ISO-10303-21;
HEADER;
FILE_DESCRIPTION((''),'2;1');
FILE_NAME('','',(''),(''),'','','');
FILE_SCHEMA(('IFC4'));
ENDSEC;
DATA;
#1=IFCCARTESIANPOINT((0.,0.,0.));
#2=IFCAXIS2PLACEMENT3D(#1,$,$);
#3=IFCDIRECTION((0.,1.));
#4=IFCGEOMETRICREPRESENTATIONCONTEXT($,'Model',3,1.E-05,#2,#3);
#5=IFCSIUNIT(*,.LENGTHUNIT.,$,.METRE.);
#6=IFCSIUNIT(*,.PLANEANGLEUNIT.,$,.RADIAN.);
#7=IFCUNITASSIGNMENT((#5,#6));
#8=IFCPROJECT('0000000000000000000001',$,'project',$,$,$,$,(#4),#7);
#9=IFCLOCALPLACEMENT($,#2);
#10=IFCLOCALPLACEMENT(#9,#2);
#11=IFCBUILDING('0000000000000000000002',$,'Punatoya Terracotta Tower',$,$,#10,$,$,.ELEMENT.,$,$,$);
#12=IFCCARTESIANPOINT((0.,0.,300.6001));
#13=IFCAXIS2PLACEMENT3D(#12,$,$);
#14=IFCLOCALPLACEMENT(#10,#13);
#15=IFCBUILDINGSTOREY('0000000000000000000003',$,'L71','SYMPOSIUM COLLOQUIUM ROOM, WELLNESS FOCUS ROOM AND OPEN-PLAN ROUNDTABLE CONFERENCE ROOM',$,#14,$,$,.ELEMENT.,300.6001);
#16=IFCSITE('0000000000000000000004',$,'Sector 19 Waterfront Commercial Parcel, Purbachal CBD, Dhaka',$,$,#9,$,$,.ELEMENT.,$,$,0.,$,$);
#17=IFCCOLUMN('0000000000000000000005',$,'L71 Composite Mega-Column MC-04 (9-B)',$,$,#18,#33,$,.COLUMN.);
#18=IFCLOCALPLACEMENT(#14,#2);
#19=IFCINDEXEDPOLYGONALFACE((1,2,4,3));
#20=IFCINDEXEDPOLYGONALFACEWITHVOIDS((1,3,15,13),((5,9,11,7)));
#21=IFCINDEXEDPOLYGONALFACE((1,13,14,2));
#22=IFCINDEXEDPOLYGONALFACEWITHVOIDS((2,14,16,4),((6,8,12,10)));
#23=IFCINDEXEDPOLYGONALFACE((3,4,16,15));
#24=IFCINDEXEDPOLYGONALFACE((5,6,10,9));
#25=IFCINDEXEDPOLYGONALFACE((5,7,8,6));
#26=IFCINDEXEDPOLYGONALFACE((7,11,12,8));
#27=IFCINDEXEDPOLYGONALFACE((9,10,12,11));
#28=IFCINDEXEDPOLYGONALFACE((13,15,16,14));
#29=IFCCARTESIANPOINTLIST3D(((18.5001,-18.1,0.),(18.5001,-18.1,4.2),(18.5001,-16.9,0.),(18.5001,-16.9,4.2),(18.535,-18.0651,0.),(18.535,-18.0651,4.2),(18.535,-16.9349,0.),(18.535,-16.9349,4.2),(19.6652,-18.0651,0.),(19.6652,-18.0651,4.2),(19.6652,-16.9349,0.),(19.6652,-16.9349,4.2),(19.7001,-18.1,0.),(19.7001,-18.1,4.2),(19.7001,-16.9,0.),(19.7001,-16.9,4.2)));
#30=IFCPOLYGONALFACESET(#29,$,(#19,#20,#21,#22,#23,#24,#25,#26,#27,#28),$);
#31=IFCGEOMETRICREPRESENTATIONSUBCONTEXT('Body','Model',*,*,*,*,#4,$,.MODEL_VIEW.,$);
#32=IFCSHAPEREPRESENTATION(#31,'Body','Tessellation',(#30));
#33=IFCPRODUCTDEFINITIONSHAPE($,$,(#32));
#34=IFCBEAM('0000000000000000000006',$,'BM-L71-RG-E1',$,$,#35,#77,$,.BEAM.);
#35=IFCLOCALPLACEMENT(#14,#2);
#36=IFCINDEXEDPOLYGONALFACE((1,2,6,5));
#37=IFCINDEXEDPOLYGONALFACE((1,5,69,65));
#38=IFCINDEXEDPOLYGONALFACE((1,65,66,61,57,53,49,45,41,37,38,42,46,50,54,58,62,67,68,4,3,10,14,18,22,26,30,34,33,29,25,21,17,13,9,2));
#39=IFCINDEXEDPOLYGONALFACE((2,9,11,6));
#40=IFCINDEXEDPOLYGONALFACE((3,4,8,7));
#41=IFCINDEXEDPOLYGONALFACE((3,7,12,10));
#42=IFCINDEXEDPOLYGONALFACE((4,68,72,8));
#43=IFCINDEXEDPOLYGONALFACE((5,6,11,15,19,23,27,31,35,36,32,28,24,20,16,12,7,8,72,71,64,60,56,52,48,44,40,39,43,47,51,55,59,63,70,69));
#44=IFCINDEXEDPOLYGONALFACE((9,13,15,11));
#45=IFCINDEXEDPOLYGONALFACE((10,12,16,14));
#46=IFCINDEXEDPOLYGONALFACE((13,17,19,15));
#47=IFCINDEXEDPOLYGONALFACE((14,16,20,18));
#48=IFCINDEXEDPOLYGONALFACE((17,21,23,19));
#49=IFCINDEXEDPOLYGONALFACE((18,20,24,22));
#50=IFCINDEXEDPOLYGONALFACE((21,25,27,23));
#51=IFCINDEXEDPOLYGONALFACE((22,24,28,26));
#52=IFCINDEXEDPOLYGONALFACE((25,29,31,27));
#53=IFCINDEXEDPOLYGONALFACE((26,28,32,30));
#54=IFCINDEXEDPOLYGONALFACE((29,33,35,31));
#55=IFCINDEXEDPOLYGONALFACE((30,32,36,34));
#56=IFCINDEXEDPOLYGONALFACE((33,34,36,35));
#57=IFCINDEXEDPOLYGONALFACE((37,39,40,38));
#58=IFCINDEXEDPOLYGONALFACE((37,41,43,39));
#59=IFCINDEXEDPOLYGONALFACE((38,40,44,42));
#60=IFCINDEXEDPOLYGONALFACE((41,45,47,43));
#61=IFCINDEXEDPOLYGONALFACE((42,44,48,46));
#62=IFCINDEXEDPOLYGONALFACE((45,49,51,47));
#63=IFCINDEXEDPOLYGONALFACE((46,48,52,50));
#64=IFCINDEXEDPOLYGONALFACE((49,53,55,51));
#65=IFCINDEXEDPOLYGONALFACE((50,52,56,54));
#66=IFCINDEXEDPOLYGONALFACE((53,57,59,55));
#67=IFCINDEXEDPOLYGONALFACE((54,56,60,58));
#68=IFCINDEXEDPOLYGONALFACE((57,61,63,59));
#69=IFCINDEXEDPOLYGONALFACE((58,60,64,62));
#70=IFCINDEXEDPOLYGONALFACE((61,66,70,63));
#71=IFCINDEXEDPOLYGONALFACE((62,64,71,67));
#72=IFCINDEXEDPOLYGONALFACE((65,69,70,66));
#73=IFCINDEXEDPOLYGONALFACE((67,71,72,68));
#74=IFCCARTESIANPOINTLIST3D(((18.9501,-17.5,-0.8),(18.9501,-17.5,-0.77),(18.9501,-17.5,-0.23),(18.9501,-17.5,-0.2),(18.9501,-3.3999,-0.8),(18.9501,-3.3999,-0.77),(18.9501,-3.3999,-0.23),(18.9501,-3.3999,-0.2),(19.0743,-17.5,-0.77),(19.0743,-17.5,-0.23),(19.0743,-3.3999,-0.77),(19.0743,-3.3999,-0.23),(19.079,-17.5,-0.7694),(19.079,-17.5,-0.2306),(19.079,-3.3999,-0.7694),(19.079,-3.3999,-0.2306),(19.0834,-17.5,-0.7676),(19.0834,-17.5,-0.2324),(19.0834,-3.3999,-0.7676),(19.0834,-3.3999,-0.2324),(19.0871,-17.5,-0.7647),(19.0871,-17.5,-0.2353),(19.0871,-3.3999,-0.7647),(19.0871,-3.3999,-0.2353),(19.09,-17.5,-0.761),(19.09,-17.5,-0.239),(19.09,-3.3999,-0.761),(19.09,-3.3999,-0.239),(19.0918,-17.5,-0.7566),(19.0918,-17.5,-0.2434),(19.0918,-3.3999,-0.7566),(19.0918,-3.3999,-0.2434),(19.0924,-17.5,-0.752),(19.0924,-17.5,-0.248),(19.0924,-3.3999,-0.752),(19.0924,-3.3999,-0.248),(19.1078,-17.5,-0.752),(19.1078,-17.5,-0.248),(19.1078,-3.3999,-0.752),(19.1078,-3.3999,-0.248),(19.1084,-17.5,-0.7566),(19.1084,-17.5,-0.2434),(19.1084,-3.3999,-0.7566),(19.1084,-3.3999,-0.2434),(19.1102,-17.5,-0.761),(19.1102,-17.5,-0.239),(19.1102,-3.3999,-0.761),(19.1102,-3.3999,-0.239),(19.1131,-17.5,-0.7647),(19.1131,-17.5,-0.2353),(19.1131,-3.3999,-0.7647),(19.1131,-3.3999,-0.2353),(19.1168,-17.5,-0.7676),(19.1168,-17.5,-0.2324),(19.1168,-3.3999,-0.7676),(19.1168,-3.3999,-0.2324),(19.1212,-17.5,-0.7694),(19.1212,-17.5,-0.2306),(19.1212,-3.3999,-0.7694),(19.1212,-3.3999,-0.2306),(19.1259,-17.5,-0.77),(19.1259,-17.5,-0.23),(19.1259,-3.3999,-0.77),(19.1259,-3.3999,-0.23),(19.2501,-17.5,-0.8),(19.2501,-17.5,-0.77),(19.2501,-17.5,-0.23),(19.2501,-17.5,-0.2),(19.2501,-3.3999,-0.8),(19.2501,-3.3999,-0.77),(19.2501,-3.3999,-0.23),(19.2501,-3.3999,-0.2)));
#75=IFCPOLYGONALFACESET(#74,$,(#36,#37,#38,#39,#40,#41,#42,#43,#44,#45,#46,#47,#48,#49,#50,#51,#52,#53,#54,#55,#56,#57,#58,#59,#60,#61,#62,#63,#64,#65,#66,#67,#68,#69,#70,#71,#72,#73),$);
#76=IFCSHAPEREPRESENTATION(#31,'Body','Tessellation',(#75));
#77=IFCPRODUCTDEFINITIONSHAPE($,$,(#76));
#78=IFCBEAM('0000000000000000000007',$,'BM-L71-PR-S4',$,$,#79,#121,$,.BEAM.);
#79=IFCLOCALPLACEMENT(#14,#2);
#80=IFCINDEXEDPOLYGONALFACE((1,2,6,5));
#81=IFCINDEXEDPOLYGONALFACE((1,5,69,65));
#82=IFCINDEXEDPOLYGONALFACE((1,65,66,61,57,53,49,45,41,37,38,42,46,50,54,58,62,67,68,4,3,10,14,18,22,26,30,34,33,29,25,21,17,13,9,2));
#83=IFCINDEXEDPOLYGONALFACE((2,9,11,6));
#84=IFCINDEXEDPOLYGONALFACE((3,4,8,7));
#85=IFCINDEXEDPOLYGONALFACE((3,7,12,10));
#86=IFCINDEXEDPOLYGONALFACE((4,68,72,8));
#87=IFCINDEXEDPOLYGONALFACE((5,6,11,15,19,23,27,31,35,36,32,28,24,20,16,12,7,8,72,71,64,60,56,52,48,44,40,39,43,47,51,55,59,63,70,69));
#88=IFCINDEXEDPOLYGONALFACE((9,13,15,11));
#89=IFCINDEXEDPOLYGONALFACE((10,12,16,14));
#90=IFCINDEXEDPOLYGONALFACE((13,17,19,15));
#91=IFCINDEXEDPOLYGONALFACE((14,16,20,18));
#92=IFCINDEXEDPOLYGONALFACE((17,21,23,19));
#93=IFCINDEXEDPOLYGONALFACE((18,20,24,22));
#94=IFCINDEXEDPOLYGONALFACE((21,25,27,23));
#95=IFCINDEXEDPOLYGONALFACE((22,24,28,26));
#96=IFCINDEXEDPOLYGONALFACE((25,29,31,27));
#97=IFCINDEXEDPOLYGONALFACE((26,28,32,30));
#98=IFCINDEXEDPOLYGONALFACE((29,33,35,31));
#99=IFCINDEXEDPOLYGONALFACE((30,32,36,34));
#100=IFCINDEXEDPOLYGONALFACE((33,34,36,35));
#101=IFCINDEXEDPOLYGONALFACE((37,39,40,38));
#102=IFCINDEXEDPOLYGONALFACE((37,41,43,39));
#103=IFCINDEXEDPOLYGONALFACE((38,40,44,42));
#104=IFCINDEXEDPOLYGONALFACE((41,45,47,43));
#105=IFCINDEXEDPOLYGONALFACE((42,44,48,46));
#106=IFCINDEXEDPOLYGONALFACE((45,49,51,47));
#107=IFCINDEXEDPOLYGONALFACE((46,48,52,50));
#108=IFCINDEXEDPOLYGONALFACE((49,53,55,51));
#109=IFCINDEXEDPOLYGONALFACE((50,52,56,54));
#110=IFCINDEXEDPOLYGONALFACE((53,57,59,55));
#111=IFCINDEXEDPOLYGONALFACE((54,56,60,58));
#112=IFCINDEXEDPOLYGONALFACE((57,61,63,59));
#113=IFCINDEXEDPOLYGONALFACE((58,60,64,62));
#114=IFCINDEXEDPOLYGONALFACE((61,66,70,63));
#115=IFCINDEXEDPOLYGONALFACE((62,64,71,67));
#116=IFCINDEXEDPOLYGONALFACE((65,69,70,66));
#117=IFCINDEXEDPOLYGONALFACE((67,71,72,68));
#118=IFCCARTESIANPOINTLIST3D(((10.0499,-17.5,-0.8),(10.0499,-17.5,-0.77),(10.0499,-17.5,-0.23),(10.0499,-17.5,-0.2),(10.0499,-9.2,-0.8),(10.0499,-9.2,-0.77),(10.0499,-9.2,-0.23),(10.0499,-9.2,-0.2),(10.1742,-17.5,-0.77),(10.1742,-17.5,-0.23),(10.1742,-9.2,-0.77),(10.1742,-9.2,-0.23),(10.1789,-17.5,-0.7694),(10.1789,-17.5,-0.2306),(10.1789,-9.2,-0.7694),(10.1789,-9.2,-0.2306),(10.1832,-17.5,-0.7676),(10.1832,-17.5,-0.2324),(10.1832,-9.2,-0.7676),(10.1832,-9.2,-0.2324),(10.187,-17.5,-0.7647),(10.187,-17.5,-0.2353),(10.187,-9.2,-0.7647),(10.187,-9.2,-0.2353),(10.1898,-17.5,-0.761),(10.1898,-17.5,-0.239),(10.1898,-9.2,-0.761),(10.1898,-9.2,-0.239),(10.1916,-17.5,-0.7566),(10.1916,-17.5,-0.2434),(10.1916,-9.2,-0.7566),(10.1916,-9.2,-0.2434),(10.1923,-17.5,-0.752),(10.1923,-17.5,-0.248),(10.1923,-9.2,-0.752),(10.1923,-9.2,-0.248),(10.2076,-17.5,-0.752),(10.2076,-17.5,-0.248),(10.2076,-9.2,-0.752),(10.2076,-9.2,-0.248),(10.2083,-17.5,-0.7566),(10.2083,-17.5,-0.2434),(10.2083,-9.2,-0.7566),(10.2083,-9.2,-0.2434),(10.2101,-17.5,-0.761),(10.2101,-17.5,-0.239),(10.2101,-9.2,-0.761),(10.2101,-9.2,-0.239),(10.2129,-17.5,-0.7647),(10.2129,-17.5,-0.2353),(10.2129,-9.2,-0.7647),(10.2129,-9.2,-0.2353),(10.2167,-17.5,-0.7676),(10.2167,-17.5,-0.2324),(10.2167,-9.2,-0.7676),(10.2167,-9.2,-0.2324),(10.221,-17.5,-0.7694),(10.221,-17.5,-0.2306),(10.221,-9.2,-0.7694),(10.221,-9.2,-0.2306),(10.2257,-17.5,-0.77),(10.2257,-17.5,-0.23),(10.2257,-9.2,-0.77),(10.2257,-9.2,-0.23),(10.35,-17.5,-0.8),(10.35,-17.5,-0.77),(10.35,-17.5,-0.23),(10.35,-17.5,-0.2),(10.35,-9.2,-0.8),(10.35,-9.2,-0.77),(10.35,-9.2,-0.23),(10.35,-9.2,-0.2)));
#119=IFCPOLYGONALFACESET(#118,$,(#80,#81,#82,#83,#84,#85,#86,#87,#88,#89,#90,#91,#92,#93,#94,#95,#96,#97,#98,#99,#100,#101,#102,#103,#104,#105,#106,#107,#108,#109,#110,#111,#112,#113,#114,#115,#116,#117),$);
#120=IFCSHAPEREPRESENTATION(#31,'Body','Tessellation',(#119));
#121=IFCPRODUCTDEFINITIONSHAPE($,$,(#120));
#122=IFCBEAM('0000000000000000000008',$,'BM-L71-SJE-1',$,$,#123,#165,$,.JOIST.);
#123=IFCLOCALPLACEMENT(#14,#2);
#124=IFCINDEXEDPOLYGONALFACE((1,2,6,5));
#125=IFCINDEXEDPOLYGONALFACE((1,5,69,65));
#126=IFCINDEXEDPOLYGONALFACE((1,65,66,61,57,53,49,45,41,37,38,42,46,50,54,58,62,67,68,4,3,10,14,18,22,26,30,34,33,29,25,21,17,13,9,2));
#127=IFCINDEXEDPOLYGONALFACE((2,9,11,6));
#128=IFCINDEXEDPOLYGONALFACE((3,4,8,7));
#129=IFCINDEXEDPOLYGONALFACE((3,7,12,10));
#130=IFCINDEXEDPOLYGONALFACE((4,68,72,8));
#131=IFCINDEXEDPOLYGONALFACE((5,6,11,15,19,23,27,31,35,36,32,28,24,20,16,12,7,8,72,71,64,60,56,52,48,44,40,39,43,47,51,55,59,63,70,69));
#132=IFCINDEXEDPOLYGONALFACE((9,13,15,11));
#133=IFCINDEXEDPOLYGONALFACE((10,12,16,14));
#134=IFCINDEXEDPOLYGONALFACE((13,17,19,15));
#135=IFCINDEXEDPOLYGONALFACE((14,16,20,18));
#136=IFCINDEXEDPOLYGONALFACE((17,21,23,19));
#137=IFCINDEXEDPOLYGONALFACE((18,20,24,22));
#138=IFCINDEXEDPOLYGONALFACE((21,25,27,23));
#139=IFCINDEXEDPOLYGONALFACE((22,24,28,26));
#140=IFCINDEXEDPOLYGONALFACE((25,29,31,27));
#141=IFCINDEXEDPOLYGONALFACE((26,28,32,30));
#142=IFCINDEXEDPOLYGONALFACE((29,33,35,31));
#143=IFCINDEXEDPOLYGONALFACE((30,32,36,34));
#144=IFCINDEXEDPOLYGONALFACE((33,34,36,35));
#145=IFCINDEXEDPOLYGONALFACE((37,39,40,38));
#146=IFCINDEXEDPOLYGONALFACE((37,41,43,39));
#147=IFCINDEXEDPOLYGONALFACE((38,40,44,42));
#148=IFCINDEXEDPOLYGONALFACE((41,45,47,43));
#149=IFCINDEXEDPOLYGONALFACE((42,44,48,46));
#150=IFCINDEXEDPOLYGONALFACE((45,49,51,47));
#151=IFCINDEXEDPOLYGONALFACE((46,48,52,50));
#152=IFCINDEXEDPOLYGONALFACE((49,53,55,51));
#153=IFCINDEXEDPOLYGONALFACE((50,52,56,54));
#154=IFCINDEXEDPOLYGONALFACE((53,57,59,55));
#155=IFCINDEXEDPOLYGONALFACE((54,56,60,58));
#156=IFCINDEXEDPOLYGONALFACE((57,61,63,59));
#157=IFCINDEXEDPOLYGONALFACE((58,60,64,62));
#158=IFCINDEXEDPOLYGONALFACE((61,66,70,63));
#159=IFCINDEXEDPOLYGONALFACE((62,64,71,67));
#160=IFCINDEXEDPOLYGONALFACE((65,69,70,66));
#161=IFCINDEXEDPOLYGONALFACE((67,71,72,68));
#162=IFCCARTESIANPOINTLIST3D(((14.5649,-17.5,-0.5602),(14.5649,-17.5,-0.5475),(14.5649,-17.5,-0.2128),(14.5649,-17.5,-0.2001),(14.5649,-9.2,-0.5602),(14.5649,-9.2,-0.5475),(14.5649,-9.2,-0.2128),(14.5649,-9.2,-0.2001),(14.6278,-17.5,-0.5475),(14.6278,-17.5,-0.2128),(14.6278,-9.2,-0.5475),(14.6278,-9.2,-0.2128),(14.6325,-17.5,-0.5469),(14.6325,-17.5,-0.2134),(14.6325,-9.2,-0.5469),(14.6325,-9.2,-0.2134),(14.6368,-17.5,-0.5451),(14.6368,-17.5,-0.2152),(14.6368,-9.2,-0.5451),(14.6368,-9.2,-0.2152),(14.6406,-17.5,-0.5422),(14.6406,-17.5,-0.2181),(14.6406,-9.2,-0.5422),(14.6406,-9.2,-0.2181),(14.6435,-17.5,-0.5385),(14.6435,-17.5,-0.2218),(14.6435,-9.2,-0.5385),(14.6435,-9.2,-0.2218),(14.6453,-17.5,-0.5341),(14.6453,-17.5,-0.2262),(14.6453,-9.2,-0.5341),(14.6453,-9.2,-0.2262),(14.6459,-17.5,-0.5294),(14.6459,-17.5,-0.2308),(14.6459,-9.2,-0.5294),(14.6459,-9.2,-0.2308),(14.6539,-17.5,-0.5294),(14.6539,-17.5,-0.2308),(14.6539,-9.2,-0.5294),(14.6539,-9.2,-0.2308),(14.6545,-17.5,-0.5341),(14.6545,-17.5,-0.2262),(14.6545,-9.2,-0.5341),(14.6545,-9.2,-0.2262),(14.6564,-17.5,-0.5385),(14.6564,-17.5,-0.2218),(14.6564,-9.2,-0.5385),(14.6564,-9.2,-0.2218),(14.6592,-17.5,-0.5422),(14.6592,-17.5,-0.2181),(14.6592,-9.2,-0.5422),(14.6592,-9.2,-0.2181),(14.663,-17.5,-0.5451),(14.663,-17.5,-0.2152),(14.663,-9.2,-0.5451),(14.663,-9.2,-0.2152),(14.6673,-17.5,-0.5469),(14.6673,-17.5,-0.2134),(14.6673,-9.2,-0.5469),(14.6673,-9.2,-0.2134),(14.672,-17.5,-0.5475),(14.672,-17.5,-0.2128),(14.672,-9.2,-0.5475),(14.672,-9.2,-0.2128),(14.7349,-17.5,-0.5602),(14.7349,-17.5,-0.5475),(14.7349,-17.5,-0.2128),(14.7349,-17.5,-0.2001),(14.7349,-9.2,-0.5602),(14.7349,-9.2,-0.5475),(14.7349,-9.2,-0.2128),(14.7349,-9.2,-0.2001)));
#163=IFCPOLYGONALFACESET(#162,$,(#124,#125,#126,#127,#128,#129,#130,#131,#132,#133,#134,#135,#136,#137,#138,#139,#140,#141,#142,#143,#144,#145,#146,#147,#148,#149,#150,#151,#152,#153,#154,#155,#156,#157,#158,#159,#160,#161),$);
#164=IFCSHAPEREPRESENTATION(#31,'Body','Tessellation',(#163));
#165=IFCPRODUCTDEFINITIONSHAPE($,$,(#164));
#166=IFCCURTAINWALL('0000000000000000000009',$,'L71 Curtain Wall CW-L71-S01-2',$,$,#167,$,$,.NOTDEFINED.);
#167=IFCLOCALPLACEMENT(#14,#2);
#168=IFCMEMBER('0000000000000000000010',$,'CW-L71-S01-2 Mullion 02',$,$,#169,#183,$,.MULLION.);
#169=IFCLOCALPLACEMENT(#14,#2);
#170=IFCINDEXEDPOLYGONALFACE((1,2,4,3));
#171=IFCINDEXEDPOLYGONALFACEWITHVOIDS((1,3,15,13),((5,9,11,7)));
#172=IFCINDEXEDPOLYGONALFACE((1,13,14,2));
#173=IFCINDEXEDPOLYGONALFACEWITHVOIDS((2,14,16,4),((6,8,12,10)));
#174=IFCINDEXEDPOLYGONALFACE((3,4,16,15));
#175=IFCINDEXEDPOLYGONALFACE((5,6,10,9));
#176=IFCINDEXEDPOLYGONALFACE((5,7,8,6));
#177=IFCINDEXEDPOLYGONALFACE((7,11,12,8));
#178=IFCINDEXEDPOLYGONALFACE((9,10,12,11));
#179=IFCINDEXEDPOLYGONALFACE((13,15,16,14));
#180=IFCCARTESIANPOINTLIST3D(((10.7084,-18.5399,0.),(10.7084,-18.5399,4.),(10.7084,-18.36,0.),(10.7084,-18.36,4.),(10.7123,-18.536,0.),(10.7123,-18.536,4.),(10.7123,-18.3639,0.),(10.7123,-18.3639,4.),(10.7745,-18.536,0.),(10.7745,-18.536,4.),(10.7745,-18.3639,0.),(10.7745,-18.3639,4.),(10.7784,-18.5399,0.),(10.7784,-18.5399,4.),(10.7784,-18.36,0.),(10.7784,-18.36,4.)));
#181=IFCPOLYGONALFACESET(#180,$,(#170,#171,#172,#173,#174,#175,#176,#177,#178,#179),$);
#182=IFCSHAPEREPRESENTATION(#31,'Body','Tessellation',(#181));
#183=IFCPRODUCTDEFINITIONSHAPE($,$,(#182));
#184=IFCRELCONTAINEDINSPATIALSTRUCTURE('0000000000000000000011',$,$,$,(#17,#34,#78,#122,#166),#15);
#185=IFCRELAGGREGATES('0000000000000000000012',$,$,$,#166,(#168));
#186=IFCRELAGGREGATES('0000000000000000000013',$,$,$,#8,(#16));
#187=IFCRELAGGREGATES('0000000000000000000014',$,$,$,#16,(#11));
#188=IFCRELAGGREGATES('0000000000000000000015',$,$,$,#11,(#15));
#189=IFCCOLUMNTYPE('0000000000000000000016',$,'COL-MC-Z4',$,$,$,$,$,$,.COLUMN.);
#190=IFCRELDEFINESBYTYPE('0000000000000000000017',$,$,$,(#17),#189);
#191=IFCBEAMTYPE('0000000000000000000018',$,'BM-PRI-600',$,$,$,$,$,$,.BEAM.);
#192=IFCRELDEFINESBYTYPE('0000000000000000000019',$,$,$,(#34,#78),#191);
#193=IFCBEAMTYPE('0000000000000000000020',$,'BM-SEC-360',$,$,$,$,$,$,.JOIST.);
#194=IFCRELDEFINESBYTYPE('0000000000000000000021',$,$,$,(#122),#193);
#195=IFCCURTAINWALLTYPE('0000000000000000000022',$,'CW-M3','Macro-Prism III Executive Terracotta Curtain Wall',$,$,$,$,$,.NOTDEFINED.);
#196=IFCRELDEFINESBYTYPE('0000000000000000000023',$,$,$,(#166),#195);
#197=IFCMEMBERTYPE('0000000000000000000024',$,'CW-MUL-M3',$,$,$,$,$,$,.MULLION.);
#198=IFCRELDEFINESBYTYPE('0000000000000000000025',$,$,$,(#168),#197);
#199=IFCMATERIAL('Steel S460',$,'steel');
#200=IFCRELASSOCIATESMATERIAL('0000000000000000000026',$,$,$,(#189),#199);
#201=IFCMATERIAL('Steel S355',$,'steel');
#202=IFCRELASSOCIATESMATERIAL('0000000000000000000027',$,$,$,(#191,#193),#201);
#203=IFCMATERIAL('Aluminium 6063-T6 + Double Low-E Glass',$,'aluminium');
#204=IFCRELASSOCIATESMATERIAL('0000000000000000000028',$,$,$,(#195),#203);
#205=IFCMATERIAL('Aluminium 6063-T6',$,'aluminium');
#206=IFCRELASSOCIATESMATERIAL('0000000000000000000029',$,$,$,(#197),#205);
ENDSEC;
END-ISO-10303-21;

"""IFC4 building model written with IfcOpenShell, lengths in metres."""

from ifc_helpers import new_model, si_unit, direction, frame, origin, origin_2d, place, context, subcontext, project, spatial, hollow_rectangle, i_section, extrude, material, material_profile, profile_set, type_object, element, aggregate, save


model = new_model("IFC4")

# Units and contexts
model_context = context("Model", 3, precision=1e-05, world=origin(), true_north=direction((0.0, 1.0)))
body_context = subcontext(model_context, "Body", "Model", "MODEL_VIEW")
ifc_project = project(units=[si_unit("LENGTHUNIT", "METRE"), si_unit("PLANEANGLEUNIT", "RADIAN")], contexts=[model_context])

# Site, building, storey
site_placement = place(None, origin())
site = spatial("IfcSite", under=ifc_project, at=site_placement, Name="Sector 19 Waterfront Commercial Parcel, Purbachal CBD, Dhaka", CompositionType="ELEMENT", RefElevation=0.0)
building_placement = place(site_placement, origin())
building = spatial("IfcBuilding", under=site, at=building_placement, Name="Punatoya Terracotta Tower", CompositionType="ELEMENT")
storey_placement = place(building_placement, frame((0.0, 0.0, 300.6001)))
storey = spatial("IfcBuildingStorey", under=building, at=storey_placement, Name="L71", Description="SYMPOSIUM COLLOQUIUM ROOM, WELLNESS FOCUS ROOM AND OPEN-PLAN ROUNDTABLE CONFERENCE ROOM", CompositionType="ELEMENT", Elevation=300.6001)

# Column
ifc_material_1 = material(Name="Steel S460", Category="steel")
ifc_material_profile_1 = material_profile(ifc_material_1, hollow_rectangle(XDim=1.2, YDim=1.2, WallThickness=0.0349, at=origin_2d()))
ifc_profile_set_1 = profile_set([ifc_material_profile_1], Name="Steel S460")
column_type = type_object("IfcColumnType", Name="COL-MC-Z4", PredefinedType="COLUMN", material=ifc_profile_set_1)
column_placement = place(storey_placement, frame((19.1001, -17.5, 0.0), z_axis=(0.0, 0.0, 1.0), x_axis=(1.0, 0.0, 0.0)))
element("IfcColumn", 1, at=column_placement, inside=storey, type_object=column_type, Name="L71 Composite Mega-Column MC-04 (9-B)", PredefinedType="COLUMN", context=body_context, shape_type="SweptSolid", body=[
    extrude(hollow_rectangle(XDim=1.2, YDim=1.2, WallThickness=0.0349, at=origin_2d()), origin(), (0.0, 0.0, 1.0), 4.2),
])

# Beams
ifc_material_2 = material(Name="Steel S355", Category="steel")
ifc_material_profile_2 = material_profile(ifc_material_2, i_section(OverallWidth=0.3, OverallDepth=0.6001, WebThickness=0.0154, FlangeThickness=0.03, FilletRadius=0.0181, at=origin_2d()))
ifc_profile_set_2 = profile_set([ifc_material_profile_2], Name="Steel S355")
beam_type_1 = type_object("IfcBeamType", Name="BM-PRI-600", PredefinedType="BEAM", material=ifc_profile_set_2)
beam_1_placement = place(storey_placement, frame((19.1001, -17.5, -0.5), z_axis=(0.0, 1.0, 0.0), x_axis=(-1.0, 0.0, 0.0)))
element("IfcBeam", 2, at=beam_1_placement, inside=storey, type_object=beam_type_1, Name="BM-L71-RG-E1", PredefinedType="BEAM", context=body_context, shape_type="SweptSolid", body=[
    extrude(i_section(OverallWidth=0.3, OverallDepth=0.6001, WebThickness=0.0154, FlangeThickness=0.03, FilletRadius=0.0181, at=origin_2d()), origin(), (0.0, 0.0, 1.0), 14.1001),
])
beam_2_placement = place(storey_placement, frame((10.2, -17.5, -0.5), z_axis=(0.0, 1.0, 0.0), x_axis=(-1.0, 0.0, 0.0)))
element("IfcBeam", 3, at=beam_2_placement, inside=storey, type_object=beam_type_1, Name="BM-L71-PR-S4", PredefinedType="BEAM", context=body_context, shape_type="SweptSolid", body=[
    extrude(i_section(OverallWidth=0.3, OverallDepth=0.6001, WebThickness=0.0154, FlangeThickness=0.03, FilletRadius=0.0181, at=origin_2d()), origin(), (0.0, 0.0, 1.0), 8.3),
])
ifc_material_profile_3 = material_profile(ifc_material_2, i_section(OverallWidth=0.1699, OverallDepth=0.3601, WebThickness=0.0081, FlangeThickness=0.0127, FilletRadius=0.0181, at=origin_2d()))
ifc_profile_set_3 = profile_set([ifc_material_profile_3], Name="Steel S355")
beam_type_2 = type_object("IfcBeamType", Name="BM-SEC-360", PredefinedType="JOIST", material=ifc_profile_set_3)
beam_3_placement = place(storey_placement, frame((14.6499, -17.5, -0.3801), z_axis=(0.0, 1.0, 0.0), x_axis=(-1.0, 0.0, 0.0)))
element("IfcBeam", 4, at=beam_3_placement, inside=storey, type_object=beam_type_2, Name="BM-L71-SJE-1", PredefinedType="JOIST", context=body_context, shape_type="SweptSolid", body=[
    extrude(i_section(OverallWidth=0.1699, OverallDepth=0.3601, WebThickness=0.0081, FlangeThickness=0.0127, FilletRadius=0.0181, at=origin_2d()), origin(), (0.0, 0.0, 1.0), 8.3),
])

# Curtain wall, member
ifc_material_3 = material(Name="Aluminium 6063-T6 + Double Low-E Glass", Category="aluminium")
curtain_wall_type = type_object("IfcCurtainWallType", Name="CW-M3", Description="Macro-Prism III Executive Terracotta Curtain Wall", PredefinedType="NOTDEFINED", material=ifc_material_3)
curtain_wall_1_placement = place(storey_placement, origin())
curtain_wall_1 = element("IfcCurtainWall", 5, at=curtain_wall_1_placement, inside=storey, type_object=curtain_wall_type, Name="L71 Curtain Wall CW-L71-S01-2", PredefinedType="NOTDEFINED")
ifc_material_4 = material(Name="Aluminium 6063-T6", Category="aluminium")
ifc_material_profile_4 = material_profile(ifc_material_4, hollow_rectangle(XDim=0.0701, YDim=0.1799, WallThickness=0.0039, at=origin_2d()))
ifc_profile_set_4 = profile_set([ifc_material_profile_4], Name="Aluminium 6063-T6")
member_type_1 = type_object("IfcMemberType", Name="CW-MUL-M3", PredefinedType="MULLION", material=ifc_profile_set_4)
member_1_placement = place(storey_placement, frame((10.7434, -18.45, 0.0), z_axis=(0.0, 0.0, 1.0), x_axis=(1.0, 0.0, 0.0)))
member_1 = element("IfcMember", 6, at=member_1_placement, type_object=member_type_1, Name="CW-L71-S01-2 Mullion 02", PredefinedType="MULLION", context=body_context, shape_type="SweptSolid", body=[
    extrude(hollow_rectangle(XDim=0.0701, YDim=0.1799, WallThickness=0.0039, at=origin_2d()), origin(), (0.0, 0.0, 1.0), 4.0),
])

aggregate(curtain_wall_1, [member_1])

save(model, "model.ifc")
